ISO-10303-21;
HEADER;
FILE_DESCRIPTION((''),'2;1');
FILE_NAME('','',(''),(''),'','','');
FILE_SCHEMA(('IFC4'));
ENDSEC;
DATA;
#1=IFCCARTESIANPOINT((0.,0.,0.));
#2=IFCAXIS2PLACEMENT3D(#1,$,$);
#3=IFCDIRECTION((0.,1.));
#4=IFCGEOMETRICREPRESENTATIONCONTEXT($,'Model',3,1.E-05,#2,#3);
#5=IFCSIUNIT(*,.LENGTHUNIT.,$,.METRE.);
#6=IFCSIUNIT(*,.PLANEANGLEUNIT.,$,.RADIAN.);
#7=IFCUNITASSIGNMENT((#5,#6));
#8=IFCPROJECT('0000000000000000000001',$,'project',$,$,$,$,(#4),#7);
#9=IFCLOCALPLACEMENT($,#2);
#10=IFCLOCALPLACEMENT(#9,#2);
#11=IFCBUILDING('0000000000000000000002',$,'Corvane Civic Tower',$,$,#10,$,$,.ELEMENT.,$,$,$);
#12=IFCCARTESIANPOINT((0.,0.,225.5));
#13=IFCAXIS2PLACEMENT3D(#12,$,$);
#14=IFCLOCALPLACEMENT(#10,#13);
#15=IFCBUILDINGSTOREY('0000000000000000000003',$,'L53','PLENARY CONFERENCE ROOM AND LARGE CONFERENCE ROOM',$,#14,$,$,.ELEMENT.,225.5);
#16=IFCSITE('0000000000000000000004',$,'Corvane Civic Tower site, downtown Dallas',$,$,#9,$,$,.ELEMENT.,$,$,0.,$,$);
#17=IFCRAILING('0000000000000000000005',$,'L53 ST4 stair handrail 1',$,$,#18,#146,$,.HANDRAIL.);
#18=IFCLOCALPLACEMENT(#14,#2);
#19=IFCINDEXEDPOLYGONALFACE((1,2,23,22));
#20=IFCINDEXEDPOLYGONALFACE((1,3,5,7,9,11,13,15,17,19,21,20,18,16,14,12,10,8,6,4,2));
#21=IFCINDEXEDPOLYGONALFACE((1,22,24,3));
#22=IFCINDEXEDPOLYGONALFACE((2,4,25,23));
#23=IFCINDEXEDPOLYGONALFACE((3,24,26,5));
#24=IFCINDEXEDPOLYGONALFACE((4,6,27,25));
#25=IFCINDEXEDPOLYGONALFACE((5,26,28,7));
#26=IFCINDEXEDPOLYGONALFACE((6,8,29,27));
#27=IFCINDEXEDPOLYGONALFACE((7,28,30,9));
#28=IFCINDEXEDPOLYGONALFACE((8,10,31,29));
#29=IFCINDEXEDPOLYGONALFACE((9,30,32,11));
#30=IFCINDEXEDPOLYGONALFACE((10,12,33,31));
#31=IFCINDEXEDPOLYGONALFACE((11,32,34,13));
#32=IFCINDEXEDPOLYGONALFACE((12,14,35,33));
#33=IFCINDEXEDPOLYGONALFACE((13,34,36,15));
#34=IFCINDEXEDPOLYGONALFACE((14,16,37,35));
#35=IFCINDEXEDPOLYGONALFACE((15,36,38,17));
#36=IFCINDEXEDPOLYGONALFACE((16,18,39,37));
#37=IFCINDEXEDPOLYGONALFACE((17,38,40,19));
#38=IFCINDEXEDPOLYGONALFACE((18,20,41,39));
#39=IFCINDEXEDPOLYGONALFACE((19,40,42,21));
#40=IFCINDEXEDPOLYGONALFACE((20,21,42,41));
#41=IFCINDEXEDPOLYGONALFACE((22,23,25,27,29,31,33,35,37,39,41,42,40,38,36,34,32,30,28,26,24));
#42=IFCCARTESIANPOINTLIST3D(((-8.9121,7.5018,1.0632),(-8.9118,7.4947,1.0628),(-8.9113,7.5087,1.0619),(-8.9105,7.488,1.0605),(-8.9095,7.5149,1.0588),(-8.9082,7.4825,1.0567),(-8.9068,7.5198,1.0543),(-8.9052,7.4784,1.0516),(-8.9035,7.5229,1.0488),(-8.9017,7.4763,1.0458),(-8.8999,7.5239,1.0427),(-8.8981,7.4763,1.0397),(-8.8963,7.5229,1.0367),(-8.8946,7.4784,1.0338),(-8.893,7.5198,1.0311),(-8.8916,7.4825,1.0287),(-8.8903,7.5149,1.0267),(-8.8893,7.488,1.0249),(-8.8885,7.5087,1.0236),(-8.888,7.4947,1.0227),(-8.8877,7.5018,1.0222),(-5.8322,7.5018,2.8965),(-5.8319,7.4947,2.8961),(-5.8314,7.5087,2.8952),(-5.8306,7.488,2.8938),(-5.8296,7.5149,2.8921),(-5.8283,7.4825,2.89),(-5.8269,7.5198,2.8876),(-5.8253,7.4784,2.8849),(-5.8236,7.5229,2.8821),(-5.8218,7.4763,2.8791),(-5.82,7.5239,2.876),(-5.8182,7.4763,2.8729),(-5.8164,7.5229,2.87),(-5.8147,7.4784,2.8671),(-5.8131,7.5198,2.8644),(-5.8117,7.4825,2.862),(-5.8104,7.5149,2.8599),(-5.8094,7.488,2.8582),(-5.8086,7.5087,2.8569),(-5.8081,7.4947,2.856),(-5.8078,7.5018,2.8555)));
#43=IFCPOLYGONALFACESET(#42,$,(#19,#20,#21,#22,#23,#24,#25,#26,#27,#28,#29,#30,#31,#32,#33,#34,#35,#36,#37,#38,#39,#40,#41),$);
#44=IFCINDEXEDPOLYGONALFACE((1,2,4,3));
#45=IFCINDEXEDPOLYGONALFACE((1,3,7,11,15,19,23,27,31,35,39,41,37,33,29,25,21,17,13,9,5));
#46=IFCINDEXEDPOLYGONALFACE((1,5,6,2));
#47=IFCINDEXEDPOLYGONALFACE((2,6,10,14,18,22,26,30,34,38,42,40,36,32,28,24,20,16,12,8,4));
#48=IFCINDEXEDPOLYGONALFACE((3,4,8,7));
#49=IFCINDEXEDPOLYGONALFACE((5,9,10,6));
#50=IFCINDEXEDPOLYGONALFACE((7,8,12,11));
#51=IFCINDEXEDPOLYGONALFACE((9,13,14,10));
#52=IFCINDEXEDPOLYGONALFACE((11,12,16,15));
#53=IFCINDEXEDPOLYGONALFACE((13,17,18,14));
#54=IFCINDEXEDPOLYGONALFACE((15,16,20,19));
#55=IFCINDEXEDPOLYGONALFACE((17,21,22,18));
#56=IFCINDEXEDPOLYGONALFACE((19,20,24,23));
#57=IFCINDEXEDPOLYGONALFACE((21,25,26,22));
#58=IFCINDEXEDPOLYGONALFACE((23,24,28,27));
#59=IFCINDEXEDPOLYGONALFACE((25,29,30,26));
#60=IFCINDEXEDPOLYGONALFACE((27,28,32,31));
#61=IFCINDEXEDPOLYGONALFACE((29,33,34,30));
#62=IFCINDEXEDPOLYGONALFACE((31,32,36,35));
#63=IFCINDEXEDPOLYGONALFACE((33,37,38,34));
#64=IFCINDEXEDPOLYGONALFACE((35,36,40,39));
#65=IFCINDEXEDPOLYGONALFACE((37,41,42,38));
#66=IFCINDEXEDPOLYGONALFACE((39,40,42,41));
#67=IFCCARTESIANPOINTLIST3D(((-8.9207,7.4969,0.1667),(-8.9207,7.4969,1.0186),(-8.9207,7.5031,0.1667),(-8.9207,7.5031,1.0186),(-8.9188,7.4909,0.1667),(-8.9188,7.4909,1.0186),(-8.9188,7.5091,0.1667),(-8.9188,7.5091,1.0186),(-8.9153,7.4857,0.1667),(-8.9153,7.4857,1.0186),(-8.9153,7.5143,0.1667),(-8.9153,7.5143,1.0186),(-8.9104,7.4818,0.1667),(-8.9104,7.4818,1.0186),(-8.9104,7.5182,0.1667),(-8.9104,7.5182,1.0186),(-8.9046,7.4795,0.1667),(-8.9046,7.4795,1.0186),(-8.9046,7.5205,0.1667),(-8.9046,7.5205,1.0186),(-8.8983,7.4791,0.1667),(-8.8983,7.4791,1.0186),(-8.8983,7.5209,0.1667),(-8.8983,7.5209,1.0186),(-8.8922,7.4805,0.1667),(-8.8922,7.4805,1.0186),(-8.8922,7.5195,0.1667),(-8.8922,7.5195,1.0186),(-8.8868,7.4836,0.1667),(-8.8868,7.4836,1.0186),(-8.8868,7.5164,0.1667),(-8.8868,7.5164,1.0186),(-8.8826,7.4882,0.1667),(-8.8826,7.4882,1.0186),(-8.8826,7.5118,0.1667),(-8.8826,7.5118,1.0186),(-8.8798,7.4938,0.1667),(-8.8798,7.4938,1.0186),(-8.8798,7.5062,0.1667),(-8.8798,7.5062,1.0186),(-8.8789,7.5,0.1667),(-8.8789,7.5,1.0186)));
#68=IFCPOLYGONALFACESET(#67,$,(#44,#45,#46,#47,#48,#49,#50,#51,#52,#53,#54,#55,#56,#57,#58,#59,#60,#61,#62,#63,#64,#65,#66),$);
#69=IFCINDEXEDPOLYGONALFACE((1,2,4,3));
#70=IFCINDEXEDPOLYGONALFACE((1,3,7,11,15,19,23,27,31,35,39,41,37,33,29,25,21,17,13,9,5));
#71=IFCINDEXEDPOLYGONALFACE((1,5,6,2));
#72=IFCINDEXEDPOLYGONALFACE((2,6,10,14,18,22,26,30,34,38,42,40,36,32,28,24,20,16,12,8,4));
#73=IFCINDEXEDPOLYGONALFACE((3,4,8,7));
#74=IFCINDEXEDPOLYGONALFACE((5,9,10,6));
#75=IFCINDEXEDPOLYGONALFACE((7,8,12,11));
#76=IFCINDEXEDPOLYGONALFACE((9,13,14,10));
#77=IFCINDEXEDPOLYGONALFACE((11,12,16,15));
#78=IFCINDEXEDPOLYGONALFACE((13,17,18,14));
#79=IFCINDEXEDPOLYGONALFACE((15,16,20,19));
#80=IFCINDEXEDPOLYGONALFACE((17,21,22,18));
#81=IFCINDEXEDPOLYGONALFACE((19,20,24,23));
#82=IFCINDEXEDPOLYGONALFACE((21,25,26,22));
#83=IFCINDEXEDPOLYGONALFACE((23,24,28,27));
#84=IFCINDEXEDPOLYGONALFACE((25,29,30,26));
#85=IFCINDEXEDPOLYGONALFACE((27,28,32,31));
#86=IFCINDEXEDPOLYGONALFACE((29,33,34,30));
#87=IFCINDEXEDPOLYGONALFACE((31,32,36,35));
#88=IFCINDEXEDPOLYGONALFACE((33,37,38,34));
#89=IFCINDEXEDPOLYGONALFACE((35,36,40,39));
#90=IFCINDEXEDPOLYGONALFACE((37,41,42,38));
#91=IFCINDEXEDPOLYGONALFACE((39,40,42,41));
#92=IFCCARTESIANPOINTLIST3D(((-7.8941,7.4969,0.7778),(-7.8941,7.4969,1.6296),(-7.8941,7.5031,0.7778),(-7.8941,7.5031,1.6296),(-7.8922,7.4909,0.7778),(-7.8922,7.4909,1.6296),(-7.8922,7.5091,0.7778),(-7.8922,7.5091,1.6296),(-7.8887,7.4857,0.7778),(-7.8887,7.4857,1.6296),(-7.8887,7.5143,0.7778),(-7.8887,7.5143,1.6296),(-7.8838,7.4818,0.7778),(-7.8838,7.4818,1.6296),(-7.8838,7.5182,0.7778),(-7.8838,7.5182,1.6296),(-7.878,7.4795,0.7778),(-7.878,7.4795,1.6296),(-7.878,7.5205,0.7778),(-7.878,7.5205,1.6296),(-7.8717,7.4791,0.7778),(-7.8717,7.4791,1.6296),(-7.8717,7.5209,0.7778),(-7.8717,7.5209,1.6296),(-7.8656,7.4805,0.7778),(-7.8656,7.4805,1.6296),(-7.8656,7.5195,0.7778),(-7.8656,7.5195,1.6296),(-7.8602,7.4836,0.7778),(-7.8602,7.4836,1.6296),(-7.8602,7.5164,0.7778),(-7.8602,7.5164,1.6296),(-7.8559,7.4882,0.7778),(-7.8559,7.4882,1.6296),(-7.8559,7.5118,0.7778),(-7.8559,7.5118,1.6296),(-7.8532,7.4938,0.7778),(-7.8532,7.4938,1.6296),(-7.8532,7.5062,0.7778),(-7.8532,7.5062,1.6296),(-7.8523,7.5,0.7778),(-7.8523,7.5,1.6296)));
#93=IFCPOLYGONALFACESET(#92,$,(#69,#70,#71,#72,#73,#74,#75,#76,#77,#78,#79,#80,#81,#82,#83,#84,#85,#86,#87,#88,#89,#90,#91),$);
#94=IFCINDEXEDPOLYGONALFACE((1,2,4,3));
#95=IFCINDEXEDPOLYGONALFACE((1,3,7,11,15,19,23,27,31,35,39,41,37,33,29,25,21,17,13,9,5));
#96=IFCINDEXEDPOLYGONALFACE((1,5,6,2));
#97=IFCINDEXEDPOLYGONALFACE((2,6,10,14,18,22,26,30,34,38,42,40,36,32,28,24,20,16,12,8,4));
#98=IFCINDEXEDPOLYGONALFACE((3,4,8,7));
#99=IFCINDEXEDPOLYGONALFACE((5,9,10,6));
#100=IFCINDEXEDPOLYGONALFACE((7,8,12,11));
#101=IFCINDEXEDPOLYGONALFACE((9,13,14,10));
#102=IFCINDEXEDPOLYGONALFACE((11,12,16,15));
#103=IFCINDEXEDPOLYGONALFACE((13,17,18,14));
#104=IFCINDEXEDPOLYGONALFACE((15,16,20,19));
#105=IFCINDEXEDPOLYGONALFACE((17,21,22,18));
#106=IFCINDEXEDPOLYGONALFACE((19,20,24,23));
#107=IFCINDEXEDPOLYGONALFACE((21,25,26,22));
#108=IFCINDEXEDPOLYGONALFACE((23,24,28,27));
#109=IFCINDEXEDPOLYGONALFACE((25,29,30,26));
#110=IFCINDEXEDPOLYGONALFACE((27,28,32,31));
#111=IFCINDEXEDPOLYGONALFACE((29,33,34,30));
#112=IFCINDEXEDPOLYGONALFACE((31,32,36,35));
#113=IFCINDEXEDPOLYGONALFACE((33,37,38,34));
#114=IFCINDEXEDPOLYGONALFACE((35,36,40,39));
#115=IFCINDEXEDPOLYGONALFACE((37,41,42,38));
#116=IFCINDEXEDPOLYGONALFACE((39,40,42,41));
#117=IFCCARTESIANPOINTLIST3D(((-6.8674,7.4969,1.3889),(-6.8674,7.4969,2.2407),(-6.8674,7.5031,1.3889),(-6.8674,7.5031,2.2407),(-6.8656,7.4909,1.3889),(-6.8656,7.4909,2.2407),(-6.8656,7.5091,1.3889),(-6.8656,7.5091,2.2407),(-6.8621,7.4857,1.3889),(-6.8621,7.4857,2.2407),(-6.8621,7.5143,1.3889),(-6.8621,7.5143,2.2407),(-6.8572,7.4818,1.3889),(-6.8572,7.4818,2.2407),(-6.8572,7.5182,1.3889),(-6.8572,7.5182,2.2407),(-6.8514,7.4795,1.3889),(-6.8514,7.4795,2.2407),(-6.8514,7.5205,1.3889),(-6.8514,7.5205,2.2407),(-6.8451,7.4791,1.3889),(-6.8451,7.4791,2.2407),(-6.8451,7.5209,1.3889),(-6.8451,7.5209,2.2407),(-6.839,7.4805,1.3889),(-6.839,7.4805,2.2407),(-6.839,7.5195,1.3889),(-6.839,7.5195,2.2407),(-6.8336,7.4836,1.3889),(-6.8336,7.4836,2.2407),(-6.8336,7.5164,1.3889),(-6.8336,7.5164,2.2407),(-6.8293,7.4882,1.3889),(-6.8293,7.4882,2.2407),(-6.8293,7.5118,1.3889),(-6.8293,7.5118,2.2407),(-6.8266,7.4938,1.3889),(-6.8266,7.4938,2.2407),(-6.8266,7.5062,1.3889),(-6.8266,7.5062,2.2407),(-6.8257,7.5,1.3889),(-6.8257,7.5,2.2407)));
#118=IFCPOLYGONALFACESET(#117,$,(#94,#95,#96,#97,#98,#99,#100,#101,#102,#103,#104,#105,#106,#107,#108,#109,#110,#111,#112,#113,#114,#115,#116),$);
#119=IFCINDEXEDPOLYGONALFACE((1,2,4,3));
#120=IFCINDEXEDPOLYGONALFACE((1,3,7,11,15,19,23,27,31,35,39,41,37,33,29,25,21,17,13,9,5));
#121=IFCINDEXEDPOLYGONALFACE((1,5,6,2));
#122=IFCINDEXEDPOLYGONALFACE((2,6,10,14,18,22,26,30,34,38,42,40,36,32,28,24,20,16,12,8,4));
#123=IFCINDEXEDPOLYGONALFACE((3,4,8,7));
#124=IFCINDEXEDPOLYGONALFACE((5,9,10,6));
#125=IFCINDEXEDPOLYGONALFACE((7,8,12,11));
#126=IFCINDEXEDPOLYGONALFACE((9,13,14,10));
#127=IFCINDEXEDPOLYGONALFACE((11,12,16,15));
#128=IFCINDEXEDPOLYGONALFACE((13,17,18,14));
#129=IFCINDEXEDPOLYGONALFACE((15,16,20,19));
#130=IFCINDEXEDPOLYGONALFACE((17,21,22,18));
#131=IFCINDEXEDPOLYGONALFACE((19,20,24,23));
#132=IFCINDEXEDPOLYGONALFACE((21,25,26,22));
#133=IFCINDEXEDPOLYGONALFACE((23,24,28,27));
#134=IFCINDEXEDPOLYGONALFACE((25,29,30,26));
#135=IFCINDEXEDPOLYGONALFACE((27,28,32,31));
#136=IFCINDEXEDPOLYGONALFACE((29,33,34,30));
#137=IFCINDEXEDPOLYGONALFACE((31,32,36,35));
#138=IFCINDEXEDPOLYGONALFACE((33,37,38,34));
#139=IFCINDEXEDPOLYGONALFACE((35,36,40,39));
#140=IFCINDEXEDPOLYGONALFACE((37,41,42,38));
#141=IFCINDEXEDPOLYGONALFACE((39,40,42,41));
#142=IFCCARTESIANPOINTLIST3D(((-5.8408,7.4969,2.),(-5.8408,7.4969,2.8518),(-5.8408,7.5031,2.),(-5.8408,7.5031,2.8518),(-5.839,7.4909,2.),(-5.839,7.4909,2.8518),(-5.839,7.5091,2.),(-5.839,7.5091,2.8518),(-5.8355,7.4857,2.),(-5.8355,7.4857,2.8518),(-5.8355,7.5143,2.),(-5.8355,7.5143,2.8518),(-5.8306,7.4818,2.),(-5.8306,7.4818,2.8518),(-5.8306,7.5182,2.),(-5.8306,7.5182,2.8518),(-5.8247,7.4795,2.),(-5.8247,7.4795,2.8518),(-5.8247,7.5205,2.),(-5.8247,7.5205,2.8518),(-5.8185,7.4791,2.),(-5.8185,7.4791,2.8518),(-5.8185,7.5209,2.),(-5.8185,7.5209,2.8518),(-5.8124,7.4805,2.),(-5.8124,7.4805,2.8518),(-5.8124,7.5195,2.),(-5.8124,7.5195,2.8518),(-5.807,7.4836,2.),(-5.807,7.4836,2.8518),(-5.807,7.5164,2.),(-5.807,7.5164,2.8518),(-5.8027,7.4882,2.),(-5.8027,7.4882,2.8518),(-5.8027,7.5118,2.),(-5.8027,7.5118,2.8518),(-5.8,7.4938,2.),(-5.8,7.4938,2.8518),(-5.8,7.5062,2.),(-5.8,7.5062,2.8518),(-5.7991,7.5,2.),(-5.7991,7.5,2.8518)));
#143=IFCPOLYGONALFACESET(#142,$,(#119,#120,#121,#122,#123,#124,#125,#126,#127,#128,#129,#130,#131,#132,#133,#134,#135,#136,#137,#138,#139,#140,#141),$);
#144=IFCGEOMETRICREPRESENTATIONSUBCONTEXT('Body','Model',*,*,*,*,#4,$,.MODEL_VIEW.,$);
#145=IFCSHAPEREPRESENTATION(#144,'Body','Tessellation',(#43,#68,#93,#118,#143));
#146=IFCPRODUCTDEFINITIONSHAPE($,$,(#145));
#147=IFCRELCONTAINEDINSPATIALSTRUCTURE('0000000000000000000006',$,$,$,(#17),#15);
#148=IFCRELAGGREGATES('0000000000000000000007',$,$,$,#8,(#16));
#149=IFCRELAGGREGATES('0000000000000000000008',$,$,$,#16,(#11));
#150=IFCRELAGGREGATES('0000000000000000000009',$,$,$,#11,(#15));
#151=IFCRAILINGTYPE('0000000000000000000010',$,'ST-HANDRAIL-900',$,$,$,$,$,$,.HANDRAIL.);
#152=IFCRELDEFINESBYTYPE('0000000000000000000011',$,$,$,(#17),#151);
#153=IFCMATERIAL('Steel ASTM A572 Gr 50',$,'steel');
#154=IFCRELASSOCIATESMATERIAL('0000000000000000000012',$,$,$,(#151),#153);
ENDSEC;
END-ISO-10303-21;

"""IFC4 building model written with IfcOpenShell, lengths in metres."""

from ifc_helpers import new_model, si_unit, direction, frame, origin, origin_2d, place, context, subcontext, project, spatial, circle, extrude, material, type_object, element, save


model = new_model("IFC4")

# Units and contexts
model_context = context("Model", 3, precision=1e-05, world=origin(), true_north=direction((0.0, 1.0)))
body_context = subcontext(model_context, "Body", "Model", "MODEL_VIEW")
ifc_project = project(units=[si_unit("LENGTHUNIT", "METRE"), si_unit("PLANEANGLEUNIT", "RADIAN")], contexts=[model_context])

# Site, building, storey
site_placement = place(None, origin())
site = spatial("IfcSite", under=ifc_project, at=site_placement, Name="Corvane Civic Tower site, downtown Dallas", CompositionType="ELEMENT", RefElevation=0.0)
building_placement = place(site_placement, origin())
building = spatial("IfcBuilding", under=site, at=building_placement, Name="Corvane Civic Tower", CompositionType="ELEMENT")
storey_placement = place(building_placement, frame((0.0, 0.0, 225.5)))
storey = spatial("IfcBuildingStorey", under=building, at=storey_placement, Name="L53", Description="PLENARY CONFERENCE ROOM AND LARGE CONFERENCE ROOM", CompositionType="ELEMENT", Elevation=225.5)

# Railing
ifc_material_1 = material(Name="Steel ASTM A572 Gr 50", Category="steel")
railing_type_1 = type_object("IfcRailingType", Name="ST-HANDRAIL-900", PredefinedType="HANDRAIL", material=ifc_material_1)
railing_1_placement = place(storey_placement, frame((-8.8999, 7.5, 0.1667)))
element("IfcRailing", 1, at=railing_1_placement, inside=storey, type_object=railing_type_1, Name="L53 ST4 stair handrail 1", PredefinedType="HANDRAIL", context=body_context, shape_type="SweptSolid", body=[
    extrude(circle(Radius=0.0239, at=origin_2d()), frame((0.0, 0.0, 0.876), z_axis=(0.859291, 0.0, 0.511487), x_axis=(0.0, 1.0, 0.0)), (0.0, 0.0, 1.0), 3.5842),
    extrude(circle(Radius=0.021, at=origin_2d()), origin(), (0.0, 0.0, 1.0), 0.8518),
    extrude(circle(Radius=0.021, at=origin_2d()), frame((1.0266, 0.0, 0.6111)), (0.0, 0.0, 1.0), 0.8518),
    extrude(circle(Radius=0.021, at=origin_2d()), frame((2.0532, 0.0, 1.2222)), (0.0, 0.0, 1.0), 0.8518),
    extrude(circle(Radius=0.021, at=origin_2d()), frame((3.0798, 0.0, 1.8333)), (0.0, 0.0, 1.0), 0.8518),
])

save(model, "model.ifc")
